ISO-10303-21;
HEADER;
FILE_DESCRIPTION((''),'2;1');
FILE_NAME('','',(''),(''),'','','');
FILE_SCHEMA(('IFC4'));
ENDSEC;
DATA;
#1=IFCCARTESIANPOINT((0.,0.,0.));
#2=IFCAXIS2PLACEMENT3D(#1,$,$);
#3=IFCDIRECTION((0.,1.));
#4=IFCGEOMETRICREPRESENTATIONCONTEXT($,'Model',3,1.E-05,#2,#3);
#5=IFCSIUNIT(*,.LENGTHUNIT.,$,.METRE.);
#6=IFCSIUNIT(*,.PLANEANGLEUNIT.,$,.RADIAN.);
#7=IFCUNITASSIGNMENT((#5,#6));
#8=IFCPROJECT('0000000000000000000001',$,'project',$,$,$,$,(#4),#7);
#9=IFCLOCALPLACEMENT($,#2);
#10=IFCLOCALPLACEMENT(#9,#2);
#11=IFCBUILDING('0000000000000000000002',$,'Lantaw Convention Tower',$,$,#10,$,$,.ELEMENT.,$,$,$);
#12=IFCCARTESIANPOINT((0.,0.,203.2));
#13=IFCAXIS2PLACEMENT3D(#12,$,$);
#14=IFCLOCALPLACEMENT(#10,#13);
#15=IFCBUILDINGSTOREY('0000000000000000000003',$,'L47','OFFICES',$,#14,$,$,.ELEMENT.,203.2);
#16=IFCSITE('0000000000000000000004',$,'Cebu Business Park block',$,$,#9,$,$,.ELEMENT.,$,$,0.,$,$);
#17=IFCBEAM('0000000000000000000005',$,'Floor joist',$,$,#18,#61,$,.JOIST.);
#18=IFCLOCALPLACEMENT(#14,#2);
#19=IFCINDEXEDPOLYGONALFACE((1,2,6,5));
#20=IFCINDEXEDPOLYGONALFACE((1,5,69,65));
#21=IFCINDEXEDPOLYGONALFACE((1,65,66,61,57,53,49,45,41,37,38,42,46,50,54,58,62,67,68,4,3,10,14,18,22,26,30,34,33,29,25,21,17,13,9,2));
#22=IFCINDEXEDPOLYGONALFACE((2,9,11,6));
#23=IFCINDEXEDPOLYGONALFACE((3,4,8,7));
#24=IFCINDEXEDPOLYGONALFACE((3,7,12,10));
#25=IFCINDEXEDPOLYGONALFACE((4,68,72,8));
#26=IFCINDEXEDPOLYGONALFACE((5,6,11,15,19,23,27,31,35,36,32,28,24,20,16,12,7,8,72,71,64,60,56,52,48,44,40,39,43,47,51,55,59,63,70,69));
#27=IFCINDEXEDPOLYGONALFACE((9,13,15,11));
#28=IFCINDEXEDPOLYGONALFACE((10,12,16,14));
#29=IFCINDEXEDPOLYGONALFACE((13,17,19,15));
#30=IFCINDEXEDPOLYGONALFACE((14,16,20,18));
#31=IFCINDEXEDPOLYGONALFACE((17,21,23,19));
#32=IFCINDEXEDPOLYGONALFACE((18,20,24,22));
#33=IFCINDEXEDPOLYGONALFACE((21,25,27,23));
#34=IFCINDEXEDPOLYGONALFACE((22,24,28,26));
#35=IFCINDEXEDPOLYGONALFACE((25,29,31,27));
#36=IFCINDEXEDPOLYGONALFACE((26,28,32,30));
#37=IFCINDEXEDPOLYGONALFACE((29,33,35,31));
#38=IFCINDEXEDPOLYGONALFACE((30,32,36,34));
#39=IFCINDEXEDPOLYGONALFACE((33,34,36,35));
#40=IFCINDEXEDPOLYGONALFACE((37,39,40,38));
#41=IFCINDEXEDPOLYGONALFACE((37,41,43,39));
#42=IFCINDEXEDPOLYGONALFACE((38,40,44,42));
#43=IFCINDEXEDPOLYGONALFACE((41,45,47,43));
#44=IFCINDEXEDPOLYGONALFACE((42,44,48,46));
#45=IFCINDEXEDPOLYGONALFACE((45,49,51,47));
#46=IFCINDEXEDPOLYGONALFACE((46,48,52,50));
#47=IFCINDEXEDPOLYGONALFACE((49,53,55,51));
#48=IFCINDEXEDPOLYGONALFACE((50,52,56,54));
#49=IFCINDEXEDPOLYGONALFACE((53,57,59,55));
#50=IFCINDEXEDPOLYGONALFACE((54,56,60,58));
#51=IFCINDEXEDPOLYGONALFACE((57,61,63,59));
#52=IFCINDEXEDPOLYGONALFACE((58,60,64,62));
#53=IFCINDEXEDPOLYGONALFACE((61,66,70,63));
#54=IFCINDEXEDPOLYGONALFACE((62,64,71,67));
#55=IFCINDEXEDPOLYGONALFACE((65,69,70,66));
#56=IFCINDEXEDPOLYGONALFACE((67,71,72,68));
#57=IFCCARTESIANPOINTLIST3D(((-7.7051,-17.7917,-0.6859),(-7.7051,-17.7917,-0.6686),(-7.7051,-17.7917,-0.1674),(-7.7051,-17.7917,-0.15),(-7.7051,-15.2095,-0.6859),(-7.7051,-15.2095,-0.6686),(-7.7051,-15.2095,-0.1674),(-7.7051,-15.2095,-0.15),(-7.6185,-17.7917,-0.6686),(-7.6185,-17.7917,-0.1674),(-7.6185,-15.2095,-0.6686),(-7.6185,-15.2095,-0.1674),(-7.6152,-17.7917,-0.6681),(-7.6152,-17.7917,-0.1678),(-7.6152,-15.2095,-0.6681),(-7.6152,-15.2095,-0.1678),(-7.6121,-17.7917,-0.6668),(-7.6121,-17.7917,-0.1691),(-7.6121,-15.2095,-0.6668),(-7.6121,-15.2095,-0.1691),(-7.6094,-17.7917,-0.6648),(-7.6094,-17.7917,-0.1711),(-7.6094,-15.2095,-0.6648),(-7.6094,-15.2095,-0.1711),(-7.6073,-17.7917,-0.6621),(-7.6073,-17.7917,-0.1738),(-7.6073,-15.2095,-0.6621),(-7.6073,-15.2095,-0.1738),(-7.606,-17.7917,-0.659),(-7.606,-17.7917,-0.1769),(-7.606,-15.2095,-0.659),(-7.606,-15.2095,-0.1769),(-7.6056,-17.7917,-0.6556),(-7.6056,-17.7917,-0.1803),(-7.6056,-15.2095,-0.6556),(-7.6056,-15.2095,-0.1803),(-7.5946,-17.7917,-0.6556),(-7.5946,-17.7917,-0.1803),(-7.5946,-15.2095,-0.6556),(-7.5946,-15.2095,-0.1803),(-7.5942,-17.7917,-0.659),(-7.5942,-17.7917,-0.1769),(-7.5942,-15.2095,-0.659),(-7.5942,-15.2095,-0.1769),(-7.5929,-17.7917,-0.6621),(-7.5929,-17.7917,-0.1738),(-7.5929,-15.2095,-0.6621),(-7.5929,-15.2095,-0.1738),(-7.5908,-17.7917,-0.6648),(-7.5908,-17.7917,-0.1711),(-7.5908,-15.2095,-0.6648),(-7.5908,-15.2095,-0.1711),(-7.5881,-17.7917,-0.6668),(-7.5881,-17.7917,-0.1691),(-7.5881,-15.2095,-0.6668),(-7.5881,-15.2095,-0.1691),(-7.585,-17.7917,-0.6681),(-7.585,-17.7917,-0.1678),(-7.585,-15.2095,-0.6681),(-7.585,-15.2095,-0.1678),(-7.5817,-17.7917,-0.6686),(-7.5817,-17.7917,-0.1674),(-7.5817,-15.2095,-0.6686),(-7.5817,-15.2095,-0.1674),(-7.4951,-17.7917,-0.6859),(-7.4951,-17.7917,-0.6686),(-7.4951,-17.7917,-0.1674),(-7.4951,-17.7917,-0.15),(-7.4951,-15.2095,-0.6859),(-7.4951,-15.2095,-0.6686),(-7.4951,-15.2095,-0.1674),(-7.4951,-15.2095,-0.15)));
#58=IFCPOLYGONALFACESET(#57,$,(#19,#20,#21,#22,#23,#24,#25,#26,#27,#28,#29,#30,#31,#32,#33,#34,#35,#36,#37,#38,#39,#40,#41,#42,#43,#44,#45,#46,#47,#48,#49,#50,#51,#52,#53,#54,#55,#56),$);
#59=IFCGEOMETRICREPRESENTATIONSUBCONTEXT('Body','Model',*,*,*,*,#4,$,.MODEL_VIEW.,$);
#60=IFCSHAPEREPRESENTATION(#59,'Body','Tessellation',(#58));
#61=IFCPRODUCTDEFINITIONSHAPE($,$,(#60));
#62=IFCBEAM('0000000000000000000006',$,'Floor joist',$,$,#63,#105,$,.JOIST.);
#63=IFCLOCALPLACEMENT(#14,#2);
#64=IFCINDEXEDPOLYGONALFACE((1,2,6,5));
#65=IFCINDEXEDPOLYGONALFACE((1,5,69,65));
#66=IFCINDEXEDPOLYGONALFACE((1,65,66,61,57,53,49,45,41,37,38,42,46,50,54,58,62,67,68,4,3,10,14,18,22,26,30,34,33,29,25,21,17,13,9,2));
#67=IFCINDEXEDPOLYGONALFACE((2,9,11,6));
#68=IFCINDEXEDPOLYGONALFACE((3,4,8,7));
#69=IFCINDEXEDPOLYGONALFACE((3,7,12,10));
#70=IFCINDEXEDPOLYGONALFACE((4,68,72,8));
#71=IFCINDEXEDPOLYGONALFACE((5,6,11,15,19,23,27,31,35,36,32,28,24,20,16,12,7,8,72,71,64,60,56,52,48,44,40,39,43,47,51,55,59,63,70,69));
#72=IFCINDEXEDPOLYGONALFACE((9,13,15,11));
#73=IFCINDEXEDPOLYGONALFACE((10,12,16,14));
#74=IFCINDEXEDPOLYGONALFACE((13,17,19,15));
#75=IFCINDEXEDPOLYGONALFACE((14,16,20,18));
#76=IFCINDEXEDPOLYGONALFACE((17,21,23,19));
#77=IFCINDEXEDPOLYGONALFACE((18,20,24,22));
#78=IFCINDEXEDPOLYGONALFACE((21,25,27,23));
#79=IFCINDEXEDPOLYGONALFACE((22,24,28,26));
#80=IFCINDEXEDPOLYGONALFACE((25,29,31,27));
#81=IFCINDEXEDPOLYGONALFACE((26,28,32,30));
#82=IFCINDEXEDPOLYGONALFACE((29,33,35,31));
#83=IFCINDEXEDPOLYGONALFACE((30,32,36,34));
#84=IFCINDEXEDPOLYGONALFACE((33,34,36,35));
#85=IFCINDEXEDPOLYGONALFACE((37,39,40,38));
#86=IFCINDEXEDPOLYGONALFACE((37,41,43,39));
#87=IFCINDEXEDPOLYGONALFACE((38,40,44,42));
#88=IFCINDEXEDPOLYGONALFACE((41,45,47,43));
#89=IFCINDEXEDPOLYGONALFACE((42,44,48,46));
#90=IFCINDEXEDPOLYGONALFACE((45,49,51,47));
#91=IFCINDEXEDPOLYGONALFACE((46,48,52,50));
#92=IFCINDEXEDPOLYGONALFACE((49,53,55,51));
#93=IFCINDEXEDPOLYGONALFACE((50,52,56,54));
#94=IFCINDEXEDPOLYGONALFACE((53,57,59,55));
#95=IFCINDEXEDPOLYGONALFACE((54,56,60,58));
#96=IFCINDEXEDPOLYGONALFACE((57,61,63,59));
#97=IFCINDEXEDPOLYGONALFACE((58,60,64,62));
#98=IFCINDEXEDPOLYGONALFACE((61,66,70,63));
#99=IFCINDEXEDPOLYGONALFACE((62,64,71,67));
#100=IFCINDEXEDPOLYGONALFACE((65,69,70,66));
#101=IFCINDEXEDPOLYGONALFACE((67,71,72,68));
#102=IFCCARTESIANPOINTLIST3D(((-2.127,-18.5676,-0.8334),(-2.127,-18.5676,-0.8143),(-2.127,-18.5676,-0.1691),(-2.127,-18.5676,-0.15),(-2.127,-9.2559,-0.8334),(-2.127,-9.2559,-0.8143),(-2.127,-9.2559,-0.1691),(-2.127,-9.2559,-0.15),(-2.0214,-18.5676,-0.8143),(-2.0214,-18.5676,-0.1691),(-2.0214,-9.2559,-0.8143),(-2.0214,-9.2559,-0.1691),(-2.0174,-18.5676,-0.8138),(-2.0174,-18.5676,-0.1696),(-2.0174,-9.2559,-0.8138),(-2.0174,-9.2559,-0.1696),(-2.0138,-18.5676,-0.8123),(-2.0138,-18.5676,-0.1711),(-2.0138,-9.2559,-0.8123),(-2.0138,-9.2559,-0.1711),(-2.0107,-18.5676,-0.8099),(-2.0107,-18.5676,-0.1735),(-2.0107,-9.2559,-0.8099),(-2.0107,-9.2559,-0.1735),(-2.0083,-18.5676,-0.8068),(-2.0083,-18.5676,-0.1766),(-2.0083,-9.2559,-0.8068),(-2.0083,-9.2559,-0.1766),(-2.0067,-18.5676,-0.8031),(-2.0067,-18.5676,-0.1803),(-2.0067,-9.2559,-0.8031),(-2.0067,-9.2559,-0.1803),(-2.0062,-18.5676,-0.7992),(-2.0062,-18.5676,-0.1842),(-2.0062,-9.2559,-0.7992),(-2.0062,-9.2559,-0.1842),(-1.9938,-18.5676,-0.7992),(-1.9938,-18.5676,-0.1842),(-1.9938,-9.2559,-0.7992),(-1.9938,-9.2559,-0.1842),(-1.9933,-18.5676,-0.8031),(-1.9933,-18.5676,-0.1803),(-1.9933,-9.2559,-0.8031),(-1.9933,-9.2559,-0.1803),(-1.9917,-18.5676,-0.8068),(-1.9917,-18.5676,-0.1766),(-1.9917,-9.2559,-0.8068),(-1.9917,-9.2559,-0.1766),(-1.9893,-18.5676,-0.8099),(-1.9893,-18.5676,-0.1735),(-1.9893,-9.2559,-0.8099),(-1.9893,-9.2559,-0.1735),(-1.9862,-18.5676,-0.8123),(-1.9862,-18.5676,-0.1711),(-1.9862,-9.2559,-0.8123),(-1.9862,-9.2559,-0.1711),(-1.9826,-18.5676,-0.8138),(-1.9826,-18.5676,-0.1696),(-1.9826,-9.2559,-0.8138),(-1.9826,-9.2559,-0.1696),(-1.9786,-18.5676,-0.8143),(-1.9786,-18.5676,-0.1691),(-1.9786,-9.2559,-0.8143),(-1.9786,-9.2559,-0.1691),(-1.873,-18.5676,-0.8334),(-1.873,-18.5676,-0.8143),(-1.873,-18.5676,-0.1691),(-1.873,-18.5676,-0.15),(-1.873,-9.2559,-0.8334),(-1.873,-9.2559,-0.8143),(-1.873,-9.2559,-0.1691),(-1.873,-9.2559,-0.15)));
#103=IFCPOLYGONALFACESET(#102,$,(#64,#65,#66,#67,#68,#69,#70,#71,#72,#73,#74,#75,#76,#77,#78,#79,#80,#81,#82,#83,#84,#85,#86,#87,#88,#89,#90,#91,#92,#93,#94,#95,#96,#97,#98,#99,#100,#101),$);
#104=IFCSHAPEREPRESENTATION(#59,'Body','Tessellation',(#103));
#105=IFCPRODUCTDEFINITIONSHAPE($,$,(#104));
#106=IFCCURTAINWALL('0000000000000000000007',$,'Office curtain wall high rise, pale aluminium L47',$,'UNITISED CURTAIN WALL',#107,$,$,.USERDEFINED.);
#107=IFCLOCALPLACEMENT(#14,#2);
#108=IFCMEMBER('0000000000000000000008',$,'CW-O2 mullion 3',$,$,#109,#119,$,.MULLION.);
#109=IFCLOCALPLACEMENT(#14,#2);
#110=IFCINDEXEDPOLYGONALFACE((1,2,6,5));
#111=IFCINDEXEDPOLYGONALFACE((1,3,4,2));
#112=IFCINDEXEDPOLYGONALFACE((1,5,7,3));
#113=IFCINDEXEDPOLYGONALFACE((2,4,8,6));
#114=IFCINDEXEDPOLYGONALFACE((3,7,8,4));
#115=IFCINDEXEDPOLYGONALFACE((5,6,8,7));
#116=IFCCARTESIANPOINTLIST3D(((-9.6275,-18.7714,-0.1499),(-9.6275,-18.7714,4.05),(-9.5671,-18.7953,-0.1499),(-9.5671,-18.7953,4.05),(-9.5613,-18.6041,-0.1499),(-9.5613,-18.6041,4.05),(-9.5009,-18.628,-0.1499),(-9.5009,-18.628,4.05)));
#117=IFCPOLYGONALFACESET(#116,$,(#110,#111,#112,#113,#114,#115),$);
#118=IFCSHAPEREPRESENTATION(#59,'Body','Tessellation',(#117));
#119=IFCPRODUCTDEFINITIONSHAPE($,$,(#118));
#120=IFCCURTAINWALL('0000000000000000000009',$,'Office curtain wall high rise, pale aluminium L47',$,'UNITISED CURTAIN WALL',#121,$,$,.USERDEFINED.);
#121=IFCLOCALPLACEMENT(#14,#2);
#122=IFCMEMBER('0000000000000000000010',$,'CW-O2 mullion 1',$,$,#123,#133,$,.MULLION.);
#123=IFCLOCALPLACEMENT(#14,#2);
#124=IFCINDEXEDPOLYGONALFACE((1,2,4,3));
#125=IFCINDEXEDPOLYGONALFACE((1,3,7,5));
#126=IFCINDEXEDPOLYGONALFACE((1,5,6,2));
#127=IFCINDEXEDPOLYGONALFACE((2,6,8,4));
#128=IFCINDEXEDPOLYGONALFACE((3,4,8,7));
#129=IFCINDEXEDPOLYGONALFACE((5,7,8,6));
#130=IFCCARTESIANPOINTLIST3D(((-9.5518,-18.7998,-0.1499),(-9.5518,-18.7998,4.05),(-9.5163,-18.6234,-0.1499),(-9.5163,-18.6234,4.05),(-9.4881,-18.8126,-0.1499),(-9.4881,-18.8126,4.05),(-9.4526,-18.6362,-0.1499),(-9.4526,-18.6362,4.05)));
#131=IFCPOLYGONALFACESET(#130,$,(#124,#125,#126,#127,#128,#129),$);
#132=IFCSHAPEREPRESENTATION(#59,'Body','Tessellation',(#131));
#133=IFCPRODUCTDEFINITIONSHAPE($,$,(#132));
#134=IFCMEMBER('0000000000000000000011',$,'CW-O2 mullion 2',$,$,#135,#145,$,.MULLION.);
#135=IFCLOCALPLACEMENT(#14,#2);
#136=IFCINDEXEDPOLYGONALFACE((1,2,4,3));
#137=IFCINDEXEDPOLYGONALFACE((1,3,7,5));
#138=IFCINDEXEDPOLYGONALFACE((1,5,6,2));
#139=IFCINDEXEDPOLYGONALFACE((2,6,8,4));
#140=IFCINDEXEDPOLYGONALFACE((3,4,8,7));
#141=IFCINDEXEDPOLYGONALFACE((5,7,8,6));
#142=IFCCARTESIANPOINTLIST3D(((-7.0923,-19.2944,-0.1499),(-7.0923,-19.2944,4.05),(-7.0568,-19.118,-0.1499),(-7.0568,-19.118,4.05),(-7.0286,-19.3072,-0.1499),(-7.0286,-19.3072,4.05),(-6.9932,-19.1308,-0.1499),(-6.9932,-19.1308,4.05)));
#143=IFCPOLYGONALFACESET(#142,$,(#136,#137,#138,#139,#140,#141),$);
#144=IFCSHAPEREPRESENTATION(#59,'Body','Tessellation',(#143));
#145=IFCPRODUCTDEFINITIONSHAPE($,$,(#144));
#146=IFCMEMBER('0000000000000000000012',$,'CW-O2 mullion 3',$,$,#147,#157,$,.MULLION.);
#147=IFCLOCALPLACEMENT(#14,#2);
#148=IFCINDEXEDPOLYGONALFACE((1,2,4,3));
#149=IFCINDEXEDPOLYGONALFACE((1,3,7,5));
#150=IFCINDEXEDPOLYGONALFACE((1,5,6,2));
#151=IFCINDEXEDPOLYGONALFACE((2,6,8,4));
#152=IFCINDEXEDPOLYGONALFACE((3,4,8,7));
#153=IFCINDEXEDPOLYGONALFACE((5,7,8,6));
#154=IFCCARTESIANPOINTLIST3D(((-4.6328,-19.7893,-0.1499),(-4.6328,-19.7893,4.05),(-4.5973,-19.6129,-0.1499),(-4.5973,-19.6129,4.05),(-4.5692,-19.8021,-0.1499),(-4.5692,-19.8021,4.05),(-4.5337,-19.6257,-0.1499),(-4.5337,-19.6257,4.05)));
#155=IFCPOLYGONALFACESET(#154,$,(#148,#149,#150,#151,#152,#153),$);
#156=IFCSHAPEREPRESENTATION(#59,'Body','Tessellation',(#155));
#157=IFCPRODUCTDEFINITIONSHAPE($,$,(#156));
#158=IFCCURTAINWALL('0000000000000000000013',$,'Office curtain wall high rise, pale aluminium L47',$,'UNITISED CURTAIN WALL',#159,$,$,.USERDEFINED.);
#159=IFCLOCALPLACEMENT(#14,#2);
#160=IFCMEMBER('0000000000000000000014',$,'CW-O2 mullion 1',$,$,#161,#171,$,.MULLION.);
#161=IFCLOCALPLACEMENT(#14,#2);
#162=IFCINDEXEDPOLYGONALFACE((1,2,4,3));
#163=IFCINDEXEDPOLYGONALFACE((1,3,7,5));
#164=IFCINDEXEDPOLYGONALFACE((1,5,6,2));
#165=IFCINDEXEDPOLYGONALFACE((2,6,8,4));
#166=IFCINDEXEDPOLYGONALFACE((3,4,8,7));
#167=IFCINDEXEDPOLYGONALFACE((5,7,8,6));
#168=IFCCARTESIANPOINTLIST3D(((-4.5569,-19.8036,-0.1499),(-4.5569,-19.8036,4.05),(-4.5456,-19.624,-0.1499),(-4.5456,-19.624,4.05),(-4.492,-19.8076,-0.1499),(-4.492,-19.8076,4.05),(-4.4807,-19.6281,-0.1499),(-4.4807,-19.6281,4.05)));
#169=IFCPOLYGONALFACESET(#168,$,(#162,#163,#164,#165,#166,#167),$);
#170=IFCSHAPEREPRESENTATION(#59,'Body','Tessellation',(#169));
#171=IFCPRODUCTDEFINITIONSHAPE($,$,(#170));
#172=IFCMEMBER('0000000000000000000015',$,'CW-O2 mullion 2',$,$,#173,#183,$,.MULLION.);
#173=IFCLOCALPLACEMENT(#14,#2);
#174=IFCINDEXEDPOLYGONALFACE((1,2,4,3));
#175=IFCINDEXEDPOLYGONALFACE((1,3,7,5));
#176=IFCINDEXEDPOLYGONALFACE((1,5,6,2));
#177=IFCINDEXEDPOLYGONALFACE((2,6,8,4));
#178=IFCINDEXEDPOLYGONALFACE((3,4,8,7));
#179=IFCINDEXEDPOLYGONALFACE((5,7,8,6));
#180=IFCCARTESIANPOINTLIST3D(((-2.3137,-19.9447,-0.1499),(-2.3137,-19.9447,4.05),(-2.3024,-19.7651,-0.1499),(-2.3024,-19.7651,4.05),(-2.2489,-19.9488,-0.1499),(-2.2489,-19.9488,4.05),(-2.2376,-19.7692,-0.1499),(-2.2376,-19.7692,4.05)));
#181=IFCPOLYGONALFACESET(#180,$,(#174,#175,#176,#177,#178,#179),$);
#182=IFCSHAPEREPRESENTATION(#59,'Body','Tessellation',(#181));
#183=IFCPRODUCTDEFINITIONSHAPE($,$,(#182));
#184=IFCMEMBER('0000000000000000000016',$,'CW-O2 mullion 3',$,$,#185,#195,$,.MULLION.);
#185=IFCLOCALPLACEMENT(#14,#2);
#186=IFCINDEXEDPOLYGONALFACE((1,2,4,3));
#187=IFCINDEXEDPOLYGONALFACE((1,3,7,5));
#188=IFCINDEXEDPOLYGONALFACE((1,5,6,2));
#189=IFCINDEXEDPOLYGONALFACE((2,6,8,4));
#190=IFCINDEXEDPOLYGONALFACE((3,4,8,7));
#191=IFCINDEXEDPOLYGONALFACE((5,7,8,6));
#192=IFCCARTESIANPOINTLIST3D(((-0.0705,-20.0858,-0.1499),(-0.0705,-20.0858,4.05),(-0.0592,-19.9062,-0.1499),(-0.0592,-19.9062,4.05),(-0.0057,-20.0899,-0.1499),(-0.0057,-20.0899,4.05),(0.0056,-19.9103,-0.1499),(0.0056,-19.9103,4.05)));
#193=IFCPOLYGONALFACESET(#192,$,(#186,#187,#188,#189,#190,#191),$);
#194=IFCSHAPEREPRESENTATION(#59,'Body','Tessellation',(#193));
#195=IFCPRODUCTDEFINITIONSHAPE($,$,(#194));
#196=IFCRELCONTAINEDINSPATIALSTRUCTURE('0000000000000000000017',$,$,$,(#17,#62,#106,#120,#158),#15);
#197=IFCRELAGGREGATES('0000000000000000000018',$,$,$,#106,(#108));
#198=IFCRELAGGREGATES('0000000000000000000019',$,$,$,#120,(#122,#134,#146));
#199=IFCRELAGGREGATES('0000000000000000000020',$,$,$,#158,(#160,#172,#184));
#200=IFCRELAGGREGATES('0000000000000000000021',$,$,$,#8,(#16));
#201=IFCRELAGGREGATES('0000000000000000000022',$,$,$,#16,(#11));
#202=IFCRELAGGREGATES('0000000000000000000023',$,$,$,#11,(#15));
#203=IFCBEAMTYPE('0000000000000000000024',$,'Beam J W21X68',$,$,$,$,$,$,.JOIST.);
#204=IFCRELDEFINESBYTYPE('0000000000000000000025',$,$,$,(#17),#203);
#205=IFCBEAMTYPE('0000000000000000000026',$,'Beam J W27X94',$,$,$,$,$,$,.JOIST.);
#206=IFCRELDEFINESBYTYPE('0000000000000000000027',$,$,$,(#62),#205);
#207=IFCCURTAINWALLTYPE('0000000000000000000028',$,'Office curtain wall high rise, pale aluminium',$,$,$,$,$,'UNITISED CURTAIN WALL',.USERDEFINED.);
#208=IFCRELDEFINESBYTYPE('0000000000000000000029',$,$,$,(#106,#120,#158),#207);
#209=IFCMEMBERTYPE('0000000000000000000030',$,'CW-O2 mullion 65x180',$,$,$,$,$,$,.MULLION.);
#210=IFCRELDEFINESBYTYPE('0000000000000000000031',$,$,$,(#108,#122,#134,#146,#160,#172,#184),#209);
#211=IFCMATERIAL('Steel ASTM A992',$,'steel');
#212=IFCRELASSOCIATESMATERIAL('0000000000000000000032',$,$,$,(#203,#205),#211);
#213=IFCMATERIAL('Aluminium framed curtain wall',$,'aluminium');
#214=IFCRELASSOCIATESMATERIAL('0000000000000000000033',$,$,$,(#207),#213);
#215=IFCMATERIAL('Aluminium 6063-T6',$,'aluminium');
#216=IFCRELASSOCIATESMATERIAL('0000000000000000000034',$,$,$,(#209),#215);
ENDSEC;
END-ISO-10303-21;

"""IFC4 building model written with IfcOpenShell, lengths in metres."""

from ifc_helpers import new_model, si_unit, direction, frame, origin, origin_2d, place, context, subcontext, project, spatial, rectangle, i_section, extrude, material, material_profile, profile_set, type_object, element, aggregate, save


model = new_model("IFC4")

# Units and contexts
model_context = context("Model", 3, precision=1e-05, world=origin(), true_north=direction((0.0, 1.0)))
body_context = subcontext(model_context, "Body", "Model", "MODEL_VIEW")
ifc_project = project(units=[si_unit("LENGTHUNIT", "METRE"), si_unit("PLANEANGLEUNIT", "RADIAN")], contexts=[model_context])

# Site, building, storey
site_placement = place(None, origin())
site = spatial("IfcSite", under=ifc_project, at=site_placement, Name="Cebu Business Park block", CompositionType="ELEMENT", RefElevation=0.0)
building_placement = place(site_placement, origin())
building = spatial("IfcBuilding", under=site, at=building_placement, Name="Lantaw Convention Tower", CompositionType="ELEMENT")
storey_placement = place(building_placement, frame((0.0, 0.0, 203.2)))
storey = spatial("IfcBuildingStorey", under=building, at=storey_placement, Name="L47", Description="OFFICES", CompositionType="ELEMENT", Elevation=203.2)

# Beams
ifc_material_1 = material(Name="Steel ASTM A992", Category="steel")
ifc_material_profile_1 = material_profile(ifc_material_1, i_section(OverallWidth=0.21, OverallDepth=0.5359, WebThickness=0.011, FlangeThickness=0.0173, FilletRadius=0.0129, at=origin_2d()), Name="W21X68")
ifc_profile_set_1 = profile_set([ifc_material_profile_1], Name="Steel ASTM A992")
beam_type_1 = type_object("IfcBeamType", Name="Beam J W21X68", PredefinedType="JOIST", material=ifc_profile_set_1)
beam_1_placement = place(storey_placement, frame((-7.6001, -17.7917, -0.418), z_axis=(0.0, 1.0, 0.0), x_axis=(-1.0, 0.0, 0.0)))
element("IfcBeam", 1, at=beam_1_placement, inside=storey, type_object=beam_type_1, Name="Floor joist", PredefinedType="JOIST", context=body_context, shape_type="SweptSolid", body=[
    extrude(i_section(OverallWidth=0.21, OverallDepth=0.5359, WebThickness=0.011, FlangeThickness=0.0173, FilletRadius=0.0129, at=origin_2d()), origin(), (0.0, 0.0, 1.0), 2.5823),
])
ifc_material_profile_2 = material_profile(ifc_material_1, i_section(OverallWidth=0.2539, OverallDepth=0.6833, WebThickness=0.0125, FlangeThickness=0.019, FilletRadius=0.0151, at=origin_2d()), Name="W27X94")
ifc_profile_set_2 = profile_set([ifc_material_profile_2], Name="Steel ASTM A992")
beam_type_2 = type_object("IfcBeamType", Name="Beam J W27X94", PredefinedType="JOIST", material=ifc_profile_set_2)
beam_2_placement = place(storey_placement, frame((-2.0, -18.5676, -0.4917), z_axis=(0.0, 1.0, 0.0), x_axis=(-1.0, 0.0, 0.0)))
element("IfcBeam", 2, at=beam_2_placement, inside=storey, type_object=beam_type_2, Name="Floor joist", PredefinedType="JOIST", context=body_context, shape_type="SweptSolid", body=[
    extrude(i_section(OverallWidth=0.2539, OverallDepth=0.6833, WebThickness=0.0125, FlangeThickness=0.019, FilletRadius=0.0151, at=origin_2d()), origin(), (0.0, 0.0, 1.0), 9.3118),
])

# Curtain wall, member
ifc_material_2 = material(Name="Aluminium framed curtain wall", Category="aluminium")
curtain_wall_type = type_object("IfcCurtainWallType", Name="Office curtain wall high rise, pale aluminium", ElementType="UNITISED CURTAIN WALL", PredefinedType="USERDEFINED", material=ifc_material_2)
curtain_wall_1_placement = place(storey_placement, origin())
curtain_wall_1 = element("IfcCurtainWall", 3, at=curtain_wall_1_placement, inside=storey, type_object=curtain_wall_type, Name="Office curtain wall high rise, pale aluminium L47", ObjectType="UNITISED CURTAIN WALL", PredefinedType="USERDEFINED")
ifc_material_3 = material(Name="Aluminium 6063-T6", Category="aluminium")
ifc_material_profile_3 = material_profile(ifc_material_3, rectangle(XDim=0.1799, YDim=0.0649, at=origin_2d()), Name="CW-O2 mullion 65x180")
ifc_profile_set_3 = profile_set([ifc_material_profile_3], Name="Aluminium 6063-T6")
member_type_1 = type_object("IfcMemberType", Name="CW-O2 mullion 65x180", PredefinedType="MULLION", material=ifc_profile_set_3)
member_1_placement = place(storey_placement, frame((-9.5642, -18.6997, -0.1499), z_axis=(0.0, 0.0, 1.0), x_axis=(0.368162, 0.929762, 0.0)))
member_1 = element("IfcMember", 4, at=member_1_placement, type_object=member_type_1, Name="CW-O2 mullion 3", PredefinedType="MULLION", context=body_context, shape_type="SweptSolid", body=[
    extrude(rectangle(XDim=0.1799, YDim=0.0649, at=origin_2d()), origin(), (0.0, 0.0, 1.0), 4.2),
])

# Curtain walls, members
curtain_wall_2_placement = place(storey_placement, origin())
curtain_wall_2 = element("IfcCurtainWall", 5, at=curtain_wall_2_placement, inside=storey, type_object=curtain_wall_type, Name="Office curtain wall high rise, pale aluminium L47", ObjectType="UNITISED CURTAIN WALL", PredefinedType="USERDEFINED")
member_2_placement = place(storey_placement, frame((-9.5022, -18.718, -0.1499), z_axis=(0.0, 0.0, 1.0), x_axis=(0.197183, 0.980367, 0.0)))
member_2 = element("IfcMember", 6, at=member_2_placement, type_object=member_type_1, Name="CW-O2 mullion 1", PredefinedType="MULLION", context=body_context, shape_type="SweptSolid", body=[
    extrude(rectangle(XDim=0.1799, YDim=0.0649, at=origin_2d()), origin(), (0.0, 0.0, 1.0), 4.2),
])
member_3_placement = place(storey_placement, frame((-7.0427, -19.2126, -0.1499), z_axis=(0.0, 0.0, 1.0), x_axis=(0.197183, 0.980367, 0.0)))
member_3 = element("IfcMember", 7, at=member_3_placement, type_object=member_type_1, Name="CW-O2 mullion 2", PredefinedType="MULLION", context=body_context, shape_type="SweptSolid", body=[
    extrude(rectangle(XDim=0.1799, YDim=0.0649, at=origin_2d()), origin(), (0.0, 0.0, 1.0), 4.2),
])
member_4_placement = place(storey_placement, frame((-4.5833, -19.7075, -0.1499), z_axis=(0.0, 0.0, 1.0), x_axis=(0.197183, 0.980367, 0.0)))
member_4 = element("IfcMember", 8, at=member_4_placement, type_object=member_type_1, Name="CW-O2 mullion 3", PredefinedType="MULLION", context=body_context, shape_type="SweptSolid", body=[
    extrude(rectangle(XDim=0.1799, YDim=0.0649, at=origin_2d()), origin(), (0.0, 0.0, 1.0), 4.2),
])
curtain_wall_3_placement = place(storey_placement, origin())
curtain_wall_3 = element("IfcCurtainWall", 9, at=curtain_wall_3_placement, inside=storey, type_object=curtain_wall_type, Name="Office curtain wall high rise, pale aluminium L47", ObjectType="UNITISED CURTAIN WALL", PredefinedType="USERDEFINED")
member_5_placement = place(storey_placement, frame((-4.5188, -19.7158, -0.1499), z_axis=(0.0, 0.0, 1.0), x_axis=(0.062758, 0.998029, 0.0)))
member_5 = element("IfcMember", 10, at=member_5_placement, type_object=member_type_1, Name="CW-O2 mullion 1", PredefinedType="MULLION", context=body_context, shape_type="SweptSolid", body=[
    extrude(rectangle(XDim=0.1799, YDim=0.0649, at=origin_2d()), origin(), (0.0, 0.0, 1.0), 4.2),
])
member_6_placement = place(storey_placement, frame((-2.2756, -19.8569, -0.1499), z_axis=(0.0, 0.0, 1.0), x_axis=(0.062758, 0.998029, 0.0)))
member_6 = element("IfcMember", 11, at=member_6_placement, type_object=member_type_1, Name="CW-O2 mullion 2", PredefinedType="MULLION", context=body_context, shape_type="SweptSolid", body=[
    extrude(rectangle(XDim=0.1799, YDim=0.0649, at=origin_2d()), origin(), (0.0, 0.0, 1.0), 4.2),
])
member_7_placement = place(storey_placement, frame((-0.0325, -19.998, -0.1499), z_axis=(0.0, 0.0, 1.0), x_axis=(0.062758, 0.998029, 0.0)))
member_7 = element("IfcMember", 12, at=member_7_placement, type_object=member_type_1, Name="CW-O2 mullion 3", PredefinedType="MULLION", context=body_context, shape_type="SweptSolid", body=[
    extrude(rectangle(XDim=0.1799, YDim=0.0649, at=origin_2d()), origin(), (0.0, 0.0, 1.0), 4.2),
])

aggregate(curtain_wall_1, [member_1])
aggregate(curtain_wall_2, [member_2, member_3, member_4])
aggregate(curtain_wall_3, [member_5, member_6, member_7])

save(model, "model.ifc")
